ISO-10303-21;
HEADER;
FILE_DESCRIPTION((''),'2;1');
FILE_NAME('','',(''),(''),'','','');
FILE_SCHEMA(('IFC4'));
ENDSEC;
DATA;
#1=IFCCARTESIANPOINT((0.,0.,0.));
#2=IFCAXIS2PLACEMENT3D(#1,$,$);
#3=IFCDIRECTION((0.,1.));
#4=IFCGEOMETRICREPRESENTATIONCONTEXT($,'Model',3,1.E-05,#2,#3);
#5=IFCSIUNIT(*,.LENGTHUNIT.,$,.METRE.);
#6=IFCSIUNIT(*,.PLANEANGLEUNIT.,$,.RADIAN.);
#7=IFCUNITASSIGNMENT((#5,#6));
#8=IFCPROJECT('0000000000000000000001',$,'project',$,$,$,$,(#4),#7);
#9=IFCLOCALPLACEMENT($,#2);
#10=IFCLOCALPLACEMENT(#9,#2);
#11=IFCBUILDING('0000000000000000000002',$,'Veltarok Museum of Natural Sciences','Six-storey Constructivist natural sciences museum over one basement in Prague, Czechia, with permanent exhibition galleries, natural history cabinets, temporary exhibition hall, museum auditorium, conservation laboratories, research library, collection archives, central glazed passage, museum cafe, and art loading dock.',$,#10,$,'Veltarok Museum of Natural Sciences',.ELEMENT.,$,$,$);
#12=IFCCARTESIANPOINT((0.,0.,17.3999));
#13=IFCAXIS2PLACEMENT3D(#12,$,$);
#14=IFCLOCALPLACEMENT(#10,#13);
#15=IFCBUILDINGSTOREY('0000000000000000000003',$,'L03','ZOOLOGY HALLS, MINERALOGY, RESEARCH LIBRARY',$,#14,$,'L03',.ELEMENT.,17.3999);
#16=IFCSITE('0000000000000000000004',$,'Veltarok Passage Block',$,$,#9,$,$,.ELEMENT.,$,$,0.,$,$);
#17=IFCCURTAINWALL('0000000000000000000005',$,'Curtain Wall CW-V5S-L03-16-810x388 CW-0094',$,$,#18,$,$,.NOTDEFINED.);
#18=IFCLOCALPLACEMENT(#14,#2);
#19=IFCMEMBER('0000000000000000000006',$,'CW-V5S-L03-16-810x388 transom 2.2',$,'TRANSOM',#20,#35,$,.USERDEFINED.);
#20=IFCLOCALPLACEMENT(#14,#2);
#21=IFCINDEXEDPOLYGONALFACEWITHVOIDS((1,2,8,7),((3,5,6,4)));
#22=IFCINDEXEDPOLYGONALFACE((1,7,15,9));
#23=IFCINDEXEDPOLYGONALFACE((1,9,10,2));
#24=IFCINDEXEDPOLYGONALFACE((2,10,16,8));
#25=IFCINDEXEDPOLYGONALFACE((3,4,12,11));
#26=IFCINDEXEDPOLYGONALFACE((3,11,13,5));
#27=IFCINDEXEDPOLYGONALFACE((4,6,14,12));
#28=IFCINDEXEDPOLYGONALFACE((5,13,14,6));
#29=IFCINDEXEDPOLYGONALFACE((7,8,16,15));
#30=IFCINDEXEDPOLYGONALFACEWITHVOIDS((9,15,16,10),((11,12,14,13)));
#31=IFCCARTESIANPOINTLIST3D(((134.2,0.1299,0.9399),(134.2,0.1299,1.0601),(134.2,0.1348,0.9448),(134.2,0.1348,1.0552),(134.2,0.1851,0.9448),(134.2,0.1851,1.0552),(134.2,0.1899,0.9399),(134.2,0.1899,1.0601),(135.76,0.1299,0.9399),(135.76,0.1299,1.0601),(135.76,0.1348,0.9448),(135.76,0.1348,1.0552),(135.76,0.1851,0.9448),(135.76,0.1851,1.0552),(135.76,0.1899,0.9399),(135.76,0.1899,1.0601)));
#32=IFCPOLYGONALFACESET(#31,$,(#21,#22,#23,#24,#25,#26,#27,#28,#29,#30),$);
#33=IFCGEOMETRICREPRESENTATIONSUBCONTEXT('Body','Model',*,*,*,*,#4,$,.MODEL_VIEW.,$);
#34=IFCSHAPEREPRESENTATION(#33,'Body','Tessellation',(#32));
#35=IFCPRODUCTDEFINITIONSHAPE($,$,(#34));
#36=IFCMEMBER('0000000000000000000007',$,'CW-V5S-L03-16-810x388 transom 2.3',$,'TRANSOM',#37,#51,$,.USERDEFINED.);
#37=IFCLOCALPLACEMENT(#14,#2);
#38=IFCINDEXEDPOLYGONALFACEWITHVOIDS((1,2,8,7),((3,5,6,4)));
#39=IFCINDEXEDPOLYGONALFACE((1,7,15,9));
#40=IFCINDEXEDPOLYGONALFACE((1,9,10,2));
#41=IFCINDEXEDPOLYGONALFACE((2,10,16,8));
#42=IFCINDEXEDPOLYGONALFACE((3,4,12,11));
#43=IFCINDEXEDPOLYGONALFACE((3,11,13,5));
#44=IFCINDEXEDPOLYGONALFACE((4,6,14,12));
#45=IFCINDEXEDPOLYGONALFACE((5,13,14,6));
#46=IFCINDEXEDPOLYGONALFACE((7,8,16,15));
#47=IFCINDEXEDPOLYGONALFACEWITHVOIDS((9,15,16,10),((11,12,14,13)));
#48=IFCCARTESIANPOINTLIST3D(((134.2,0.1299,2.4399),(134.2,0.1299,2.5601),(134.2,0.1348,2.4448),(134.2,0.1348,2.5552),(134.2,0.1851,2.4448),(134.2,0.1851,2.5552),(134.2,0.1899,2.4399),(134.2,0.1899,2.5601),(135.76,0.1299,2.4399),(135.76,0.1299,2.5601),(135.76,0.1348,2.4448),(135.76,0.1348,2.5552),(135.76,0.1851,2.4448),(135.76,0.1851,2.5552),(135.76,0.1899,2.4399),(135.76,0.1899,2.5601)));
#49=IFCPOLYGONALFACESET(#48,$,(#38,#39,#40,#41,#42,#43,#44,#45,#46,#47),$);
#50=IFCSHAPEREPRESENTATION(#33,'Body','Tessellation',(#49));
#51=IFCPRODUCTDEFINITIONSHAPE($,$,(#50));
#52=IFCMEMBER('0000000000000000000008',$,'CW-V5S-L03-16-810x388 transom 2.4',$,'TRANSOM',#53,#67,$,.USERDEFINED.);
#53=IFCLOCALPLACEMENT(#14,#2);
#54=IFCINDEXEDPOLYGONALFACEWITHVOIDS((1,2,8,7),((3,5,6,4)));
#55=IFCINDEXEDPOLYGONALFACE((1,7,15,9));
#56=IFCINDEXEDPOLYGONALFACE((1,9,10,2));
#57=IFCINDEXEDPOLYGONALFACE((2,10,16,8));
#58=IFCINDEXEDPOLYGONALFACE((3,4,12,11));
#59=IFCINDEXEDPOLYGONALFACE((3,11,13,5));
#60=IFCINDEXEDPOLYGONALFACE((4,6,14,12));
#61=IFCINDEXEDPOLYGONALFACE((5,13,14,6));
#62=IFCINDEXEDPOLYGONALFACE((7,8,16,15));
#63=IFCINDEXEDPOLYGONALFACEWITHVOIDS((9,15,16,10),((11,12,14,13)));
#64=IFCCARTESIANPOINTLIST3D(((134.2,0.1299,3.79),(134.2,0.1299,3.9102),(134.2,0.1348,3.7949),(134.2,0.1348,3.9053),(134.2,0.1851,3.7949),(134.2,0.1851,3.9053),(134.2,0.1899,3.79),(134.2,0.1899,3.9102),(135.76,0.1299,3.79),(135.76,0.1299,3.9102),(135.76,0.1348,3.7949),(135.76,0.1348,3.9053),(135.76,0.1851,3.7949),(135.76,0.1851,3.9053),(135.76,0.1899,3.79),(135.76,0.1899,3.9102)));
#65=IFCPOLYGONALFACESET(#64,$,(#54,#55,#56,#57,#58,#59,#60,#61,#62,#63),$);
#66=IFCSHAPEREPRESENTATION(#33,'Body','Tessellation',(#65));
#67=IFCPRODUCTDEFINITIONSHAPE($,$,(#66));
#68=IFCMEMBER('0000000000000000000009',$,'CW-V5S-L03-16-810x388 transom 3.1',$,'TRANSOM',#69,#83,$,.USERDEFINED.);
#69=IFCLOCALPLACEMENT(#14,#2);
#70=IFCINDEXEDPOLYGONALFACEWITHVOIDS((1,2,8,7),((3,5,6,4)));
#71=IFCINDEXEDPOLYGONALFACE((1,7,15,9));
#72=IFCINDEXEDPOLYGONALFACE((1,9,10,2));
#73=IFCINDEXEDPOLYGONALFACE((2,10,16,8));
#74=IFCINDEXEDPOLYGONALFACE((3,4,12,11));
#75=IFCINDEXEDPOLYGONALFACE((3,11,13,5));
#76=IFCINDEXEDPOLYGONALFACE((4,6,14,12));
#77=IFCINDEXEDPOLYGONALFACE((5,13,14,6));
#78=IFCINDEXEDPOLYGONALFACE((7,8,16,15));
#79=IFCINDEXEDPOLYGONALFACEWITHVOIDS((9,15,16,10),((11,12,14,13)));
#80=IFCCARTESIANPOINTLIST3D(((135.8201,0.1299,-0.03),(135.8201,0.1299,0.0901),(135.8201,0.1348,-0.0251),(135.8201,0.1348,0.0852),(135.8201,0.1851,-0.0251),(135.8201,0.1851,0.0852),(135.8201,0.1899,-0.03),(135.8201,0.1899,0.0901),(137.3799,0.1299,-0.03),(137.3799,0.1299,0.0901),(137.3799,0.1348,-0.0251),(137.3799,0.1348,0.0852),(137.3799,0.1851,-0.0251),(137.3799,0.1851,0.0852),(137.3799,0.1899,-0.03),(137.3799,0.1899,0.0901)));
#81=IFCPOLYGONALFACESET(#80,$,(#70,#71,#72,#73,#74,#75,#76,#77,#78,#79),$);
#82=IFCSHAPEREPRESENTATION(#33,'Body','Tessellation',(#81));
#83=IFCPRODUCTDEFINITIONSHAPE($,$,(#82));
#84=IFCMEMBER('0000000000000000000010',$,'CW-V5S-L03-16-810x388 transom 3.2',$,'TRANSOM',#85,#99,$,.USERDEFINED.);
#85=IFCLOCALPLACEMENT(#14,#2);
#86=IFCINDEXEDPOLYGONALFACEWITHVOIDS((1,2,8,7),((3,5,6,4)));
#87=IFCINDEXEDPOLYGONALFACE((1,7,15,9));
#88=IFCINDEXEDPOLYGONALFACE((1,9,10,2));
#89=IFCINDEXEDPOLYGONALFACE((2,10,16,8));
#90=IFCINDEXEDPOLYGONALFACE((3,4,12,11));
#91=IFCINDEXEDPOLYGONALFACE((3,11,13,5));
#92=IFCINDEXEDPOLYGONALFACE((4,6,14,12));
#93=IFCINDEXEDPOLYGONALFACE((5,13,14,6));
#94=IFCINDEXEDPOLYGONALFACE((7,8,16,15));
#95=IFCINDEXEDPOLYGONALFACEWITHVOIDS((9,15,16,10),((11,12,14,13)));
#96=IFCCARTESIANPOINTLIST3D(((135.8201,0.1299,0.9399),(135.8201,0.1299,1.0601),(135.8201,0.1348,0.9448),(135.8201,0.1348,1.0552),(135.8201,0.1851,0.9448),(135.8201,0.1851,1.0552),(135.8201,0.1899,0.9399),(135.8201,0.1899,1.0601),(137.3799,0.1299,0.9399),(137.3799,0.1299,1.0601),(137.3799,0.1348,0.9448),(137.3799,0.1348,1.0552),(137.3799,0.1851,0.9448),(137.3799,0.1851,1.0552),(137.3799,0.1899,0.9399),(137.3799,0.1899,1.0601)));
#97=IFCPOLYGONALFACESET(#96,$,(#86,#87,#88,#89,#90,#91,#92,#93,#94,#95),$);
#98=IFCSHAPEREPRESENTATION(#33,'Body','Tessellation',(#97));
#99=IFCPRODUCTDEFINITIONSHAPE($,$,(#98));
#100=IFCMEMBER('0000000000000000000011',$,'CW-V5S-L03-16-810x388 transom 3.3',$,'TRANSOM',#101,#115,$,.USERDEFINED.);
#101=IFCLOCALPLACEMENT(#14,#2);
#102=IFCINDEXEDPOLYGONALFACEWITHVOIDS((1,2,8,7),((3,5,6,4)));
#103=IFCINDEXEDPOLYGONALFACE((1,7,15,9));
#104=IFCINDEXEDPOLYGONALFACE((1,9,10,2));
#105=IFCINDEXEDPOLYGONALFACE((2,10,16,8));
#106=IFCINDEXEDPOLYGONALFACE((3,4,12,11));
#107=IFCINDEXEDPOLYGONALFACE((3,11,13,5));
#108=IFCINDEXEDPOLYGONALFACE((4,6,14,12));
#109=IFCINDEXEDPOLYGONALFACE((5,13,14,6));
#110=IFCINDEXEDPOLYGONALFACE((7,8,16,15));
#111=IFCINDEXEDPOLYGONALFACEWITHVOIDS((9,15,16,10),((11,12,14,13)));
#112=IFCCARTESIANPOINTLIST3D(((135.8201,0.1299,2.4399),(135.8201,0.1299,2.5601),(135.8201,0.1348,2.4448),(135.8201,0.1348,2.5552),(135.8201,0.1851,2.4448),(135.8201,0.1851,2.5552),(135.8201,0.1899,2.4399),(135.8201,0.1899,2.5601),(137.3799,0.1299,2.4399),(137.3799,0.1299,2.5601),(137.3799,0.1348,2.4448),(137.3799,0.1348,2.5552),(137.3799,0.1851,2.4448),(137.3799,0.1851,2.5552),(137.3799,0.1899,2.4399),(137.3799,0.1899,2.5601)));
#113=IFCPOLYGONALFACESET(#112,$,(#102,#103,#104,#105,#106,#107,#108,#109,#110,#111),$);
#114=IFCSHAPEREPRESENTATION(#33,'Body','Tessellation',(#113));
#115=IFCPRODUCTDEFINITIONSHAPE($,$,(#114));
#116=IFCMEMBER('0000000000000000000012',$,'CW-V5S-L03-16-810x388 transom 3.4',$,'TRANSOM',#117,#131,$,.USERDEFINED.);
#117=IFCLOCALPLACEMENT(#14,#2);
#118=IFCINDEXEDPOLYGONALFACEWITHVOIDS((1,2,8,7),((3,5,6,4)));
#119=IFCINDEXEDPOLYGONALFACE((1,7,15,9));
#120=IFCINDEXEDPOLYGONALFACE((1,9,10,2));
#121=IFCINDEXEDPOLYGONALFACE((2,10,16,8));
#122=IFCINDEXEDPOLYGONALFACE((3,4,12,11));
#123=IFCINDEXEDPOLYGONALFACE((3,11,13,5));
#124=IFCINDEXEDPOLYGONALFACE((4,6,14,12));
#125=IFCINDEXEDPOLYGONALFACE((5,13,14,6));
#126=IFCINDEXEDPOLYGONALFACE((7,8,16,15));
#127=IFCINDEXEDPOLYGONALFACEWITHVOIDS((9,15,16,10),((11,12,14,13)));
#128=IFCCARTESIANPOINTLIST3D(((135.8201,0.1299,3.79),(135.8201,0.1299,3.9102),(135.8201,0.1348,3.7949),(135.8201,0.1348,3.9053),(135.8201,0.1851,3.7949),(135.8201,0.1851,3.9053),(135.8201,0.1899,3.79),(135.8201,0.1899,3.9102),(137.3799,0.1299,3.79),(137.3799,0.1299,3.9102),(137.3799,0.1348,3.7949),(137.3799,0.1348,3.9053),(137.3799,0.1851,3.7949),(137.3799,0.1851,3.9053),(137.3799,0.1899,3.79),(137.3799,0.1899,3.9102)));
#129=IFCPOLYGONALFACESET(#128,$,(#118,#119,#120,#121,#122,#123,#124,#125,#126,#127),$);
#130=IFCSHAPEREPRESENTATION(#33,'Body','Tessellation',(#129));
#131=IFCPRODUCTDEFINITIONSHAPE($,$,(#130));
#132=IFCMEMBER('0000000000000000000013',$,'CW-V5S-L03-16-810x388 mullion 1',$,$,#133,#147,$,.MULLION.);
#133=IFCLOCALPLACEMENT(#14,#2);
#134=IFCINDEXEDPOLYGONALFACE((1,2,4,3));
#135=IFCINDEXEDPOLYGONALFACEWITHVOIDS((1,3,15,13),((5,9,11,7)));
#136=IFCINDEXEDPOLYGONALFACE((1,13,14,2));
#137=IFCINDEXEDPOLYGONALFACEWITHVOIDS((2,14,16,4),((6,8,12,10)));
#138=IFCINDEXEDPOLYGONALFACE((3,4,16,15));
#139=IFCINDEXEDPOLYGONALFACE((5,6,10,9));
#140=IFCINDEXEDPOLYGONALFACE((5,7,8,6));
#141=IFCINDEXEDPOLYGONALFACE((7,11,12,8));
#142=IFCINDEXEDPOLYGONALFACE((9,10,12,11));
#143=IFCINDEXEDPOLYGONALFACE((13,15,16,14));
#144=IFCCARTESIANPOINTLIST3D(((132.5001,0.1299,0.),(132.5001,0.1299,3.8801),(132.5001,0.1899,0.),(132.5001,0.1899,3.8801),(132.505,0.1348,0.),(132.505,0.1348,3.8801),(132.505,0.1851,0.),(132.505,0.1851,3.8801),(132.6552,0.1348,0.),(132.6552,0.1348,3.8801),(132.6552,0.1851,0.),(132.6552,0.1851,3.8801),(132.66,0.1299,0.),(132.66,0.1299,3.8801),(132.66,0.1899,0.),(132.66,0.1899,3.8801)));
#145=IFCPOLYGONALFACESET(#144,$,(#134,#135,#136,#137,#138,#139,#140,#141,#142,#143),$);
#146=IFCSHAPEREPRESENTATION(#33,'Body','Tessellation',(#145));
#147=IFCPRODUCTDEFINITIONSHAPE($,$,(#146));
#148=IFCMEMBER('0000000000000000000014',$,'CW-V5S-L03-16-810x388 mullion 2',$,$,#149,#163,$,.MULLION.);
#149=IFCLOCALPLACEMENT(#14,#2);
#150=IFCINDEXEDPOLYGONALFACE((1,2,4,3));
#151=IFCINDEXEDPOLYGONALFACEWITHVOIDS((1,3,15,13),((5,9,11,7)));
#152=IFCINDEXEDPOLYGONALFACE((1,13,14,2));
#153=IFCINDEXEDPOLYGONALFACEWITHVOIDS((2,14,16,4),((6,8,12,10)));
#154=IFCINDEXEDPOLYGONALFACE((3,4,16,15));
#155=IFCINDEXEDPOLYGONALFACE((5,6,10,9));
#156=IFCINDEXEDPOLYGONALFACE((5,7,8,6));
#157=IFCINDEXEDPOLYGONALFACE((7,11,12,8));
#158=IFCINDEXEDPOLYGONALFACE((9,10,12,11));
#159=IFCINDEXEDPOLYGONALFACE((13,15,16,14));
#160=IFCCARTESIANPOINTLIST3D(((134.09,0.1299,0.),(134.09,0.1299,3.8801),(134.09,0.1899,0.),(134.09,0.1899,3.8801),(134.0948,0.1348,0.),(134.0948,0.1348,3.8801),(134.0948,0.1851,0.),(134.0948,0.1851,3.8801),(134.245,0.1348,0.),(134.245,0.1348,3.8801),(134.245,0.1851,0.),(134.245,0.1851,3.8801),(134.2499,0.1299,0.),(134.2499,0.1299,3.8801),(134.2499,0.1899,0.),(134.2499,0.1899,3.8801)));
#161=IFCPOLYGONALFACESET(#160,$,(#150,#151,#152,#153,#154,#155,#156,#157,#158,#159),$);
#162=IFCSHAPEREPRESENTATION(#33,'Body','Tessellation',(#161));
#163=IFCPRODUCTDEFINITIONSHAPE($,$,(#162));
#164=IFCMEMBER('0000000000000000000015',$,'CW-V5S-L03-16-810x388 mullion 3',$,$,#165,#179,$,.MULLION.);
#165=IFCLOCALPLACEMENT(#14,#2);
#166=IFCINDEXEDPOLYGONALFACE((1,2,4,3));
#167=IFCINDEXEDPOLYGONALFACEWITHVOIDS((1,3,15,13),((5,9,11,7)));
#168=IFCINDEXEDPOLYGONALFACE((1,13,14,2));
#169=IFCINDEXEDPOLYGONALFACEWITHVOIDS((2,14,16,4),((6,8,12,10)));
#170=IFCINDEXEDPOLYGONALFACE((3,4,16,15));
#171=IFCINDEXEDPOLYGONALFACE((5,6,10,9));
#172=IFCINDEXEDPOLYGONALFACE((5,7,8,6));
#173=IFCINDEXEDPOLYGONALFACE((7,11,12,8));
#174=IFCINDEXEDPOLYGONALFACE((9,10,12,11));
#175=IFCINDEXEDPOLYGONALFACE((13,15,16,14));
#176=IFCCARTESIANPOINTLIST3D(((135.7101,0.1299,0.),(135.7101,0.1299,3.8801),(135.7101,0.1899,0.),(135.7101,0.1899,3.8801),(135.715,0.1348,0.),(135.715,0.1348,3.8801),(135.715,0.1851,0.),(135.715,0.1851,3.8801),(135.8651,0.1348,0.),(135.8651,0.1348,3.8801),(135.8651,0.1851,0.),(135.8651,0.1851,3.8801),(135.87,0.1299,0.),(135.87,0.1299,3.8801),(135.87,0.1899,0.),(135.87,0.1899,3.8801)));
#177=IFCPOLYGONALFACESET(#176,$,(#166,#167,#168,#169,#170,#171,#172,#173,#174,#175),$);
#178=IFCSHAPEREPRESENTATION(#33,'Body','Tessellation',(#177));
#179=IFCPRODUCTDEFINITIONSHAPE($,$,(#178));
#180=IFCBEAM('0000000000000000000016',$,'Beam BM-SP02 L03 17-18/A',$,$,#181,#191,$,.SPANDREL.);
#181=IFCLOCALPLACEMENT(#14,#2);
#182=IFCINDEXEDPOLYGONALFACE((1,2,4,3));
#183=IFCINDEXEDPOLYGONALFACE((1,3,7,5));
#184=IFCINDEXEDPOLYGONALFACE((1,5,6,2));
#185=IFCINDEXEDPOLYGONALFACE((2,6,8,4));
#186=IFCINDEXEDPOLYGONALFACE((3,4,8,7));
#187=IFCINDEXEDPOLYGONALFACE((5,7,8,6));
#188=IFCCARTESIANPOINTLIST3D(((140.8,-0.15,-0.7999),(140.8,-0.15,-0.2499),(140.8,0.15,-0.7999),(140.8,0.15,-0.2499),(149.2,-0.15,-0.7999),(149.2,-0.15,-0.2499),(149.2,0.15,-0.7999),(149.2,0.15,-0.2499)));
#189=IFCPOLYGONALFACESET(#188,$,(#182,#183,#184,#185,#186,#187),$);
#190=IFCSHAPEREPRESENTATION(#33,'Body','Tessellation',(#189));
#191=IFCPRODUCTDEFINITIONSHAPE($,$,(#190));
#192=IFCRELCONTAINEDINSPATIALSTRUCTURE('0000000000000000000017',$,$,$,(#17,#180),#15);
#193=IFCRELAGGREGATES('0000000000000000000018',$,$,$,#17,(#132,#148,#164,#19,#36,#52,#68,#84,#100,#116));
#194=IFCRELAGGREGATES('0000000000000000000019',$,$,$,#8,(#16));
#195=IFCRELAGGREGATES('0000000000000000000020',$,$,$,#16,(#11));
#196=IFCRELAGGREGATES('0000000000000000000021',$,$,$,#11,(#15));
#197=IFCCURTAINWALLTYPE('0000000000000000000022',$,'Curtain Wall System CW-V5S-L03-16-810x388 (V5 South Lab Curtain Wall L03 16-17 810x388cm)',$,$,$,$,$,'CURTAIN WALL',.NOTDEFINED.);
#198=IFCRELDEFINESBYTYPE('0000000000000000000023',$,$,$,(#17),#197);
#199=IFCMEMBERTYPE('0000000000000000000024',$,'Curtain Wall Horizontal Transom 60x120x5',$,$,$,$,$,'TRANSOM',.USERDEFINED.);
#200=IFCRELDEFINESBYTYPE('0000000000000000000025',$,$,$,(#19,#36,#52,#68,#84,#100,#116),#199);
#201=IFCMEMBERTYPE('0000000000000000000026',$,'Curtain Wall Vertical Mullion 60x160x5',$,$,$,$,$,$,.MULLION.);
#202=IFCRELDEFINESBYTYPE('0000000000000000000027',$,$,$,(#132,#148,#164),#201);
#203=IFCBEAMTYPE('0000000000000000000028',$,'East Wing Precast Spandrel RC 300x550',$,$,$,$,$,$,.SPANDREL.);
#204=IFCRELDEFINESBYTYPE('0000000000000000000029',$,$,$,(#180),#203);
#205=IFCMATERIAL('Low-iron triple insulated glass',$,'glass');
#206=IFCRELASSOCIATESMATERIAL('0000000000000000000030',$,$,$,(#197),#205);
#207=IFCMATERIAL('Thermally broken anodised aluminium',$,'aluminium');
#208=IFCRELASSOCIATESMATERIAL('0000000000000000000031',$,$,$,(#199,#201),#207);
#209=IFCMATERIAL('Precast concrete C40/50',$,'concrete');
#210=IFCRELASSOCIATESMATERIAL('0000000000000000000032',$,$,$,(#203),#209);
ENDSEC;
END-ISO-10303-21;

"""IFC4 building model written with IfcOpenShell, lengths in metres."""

from ifc_helpers import new_model, si_unit, direction, frame, origin, origin_2d, place, context, subcontext, project, spatial, rectangle, hollow_rectangle, extrude, material, material_profile, profile_set, type_object, element, aggregate, save


model = new_model("IFC4")

# Units and contexts
model_context = context("Model", 3, precision=1e-05, world=origin(), true_north=direction((0.0, 1.0)))
body_context = subcontext(model_context, "Body", "Model", "MODEL_VIEW")
ifc_project = project(units=[si_unit("LENGTHUNIT", "METRE"), si_unit("PLANEANGLEUNIT", "RADIAN")], contexts=[model_context])

# Site, building, storey
site_placement = place(None, origin())
site = spatial("IfcSite", under=ifc_project, at=site_placement, Name="Veltarok Passage Block", CompositionType="ELEMENT", RefElevation=0.0)
building_placement = place(site_placement, origin())
building = spatial("IfcBuilding", under=site, at=building_placement, Name="Veltarok Museum of Natural Sciences", Description="Six-storey Constructivist natural sciences museum over one basement in Prague, Czechia, with permanent exhibition galleries, natural history cabinets, temporary exhibition hall, museum auditorium, conservation laboratories, research library, collection archives, central glazed passage, museum cafe, and art loading dock.", LongName="Veltarok Museum of Natural Sciences", CompositionType="ELEMENT")
storey_placement = place(building_placement, frame((0.0, 0.0, 17.3999)))
storey = spatial("IfcBuildingStorey", under=building, at=storey_placement, Name="L03", Description="ZOOLOGY HALLS, MINERALOGY, RESEARCH LIBRARY", LongName="L03", CompositionType="ELEMENT", Elevation=17.3999)

# Curtain wall, members
ifc_material_1 = material(Name="Low-iron triple insulated glass", Category="glass")
curtain_wall_type = type_object("IfcCurtainWallType", Name="Curtain Wall System CW-V5S-L03-16-810x388 (V5 South Lab Curtain Wall L03 16-17 810x388cm)", ElementType="CURTAIN WALL", PredefinedType="NOTDEFINED", material=ifc_material_1)
curtain_wall_placement = place(storey_placement, origin())
curtain_wall = element("IfcCurtainWall", 1, at=curtain_wall_placement, inside=storey, type_object=curtain_wall_type, Name="Curtain Wall CW-V5S-L03-16-810x388 CW-0094", PredefinedType="NOTDEFINED")
ifc_material_2 = material(Name="Thermally broken anodised aluminium", Category="aluminium")
ifc_material_profile_1 = material_profile(ifc_material_2, hollow_rectangle(XDim=0.0601, YDim=0.1201, WallThickness=0.0049, at=origin_2d()), Name="CW TRANSOM 60x120x5")
ifc_profile_set_1 = profile_set([ifc_material_profile_1], Name="Thermally broken anodised aluminium")
member_type_1 = type_object("IfcMemberType", Name="Curtain Wall Horizontal Transom 60x120x5", ElementType="TRANSOM", PredefinedType="USERDEFINED", material=ifc_profile_set_1)
member_1_placement = place(storey_placement, frame((134.2, 0.1599, 1.0), z_axis=(1.0, 0.0, 0.0), x_axis=(0.0, 1.0, 0.0)))
member_1 = element("IfcMember", 2, at=member_1_placement, type_object=member_type_1, Name="CW-V5S-L03-16-810x388 transom 2.2", ObjectType="TRANSOM", PredefinedType="USERDEFINED", context=body_context, shape_type="SweptSolid", body=[
    extrude(hollow_rectangle(XDim=0.0601, YDim=0.1201, WallThickness=0.0049, at=origin_2d()), origin(), (0.0, 0.0, 1.0), 1.5601),
])
member_2_placement = place(storey_placement, frame((134.2, 0.1599, 2.5), z_axis=(1.0, 0.0, 0.0), x_axis=(0.0, 1.0, 0.0)))
member_2 = element("IfcMember", 3, at=member_2_placement, type_object=member_type_1, Name="CW-V5S-L03-16-810x388 transom 2.3", ObjectType="TRANSOM", PredefinedType="USERDEFINED", context=body_context, shape_type="SweptSolid", body=[
    extrude(hollow_rectangle(XDim=0.0601, YDim=0.1201, WallThickness=0.0049, at=origin_2d()), origin(), (0.0, 0.0, 1.0), 1.5601),
])
member_3_placement = place(storey_placement, frame((134.2, 0.1599, 3.8501), z_axis=(1.0, 0.0, 0.0), x_axis=(0.0, 1.0, 0.0)))
member_3 = element("IfcMember", 4, at=member_3_placement, type_object=member_type_1, Name="CW-V5S-L03-16-810x388 transom 2.4", ObjectType="TRANSOM", PredefinedType="USERDEFINED", context=body_context, shape_type="SweptSolid", body=[
    extrude(hollow_rectangle(XDim=0.0601, YDim=0.1201, WallThickness=0.0049, at=origin_2d()), origin(), (0.0, 0.0, 1.0), 1.5601),
])
member_4_placement = place(storey_placement, frame((135.8201, 0.1599, 0.03), z_axis=(1.0, 0.0, 0.0), x_axis=(0.0, 1.0, 0.0)))
member_4 = element("IfcMember", 5, at=member_4_placement, type_object=member_type_1, Name="CW-V5S-L03-16-810x388 transom 3.1", ObjectType="TRANSOM", PredefinedType="USERDEFINED", context=body_context, shape_type="SweptSolid", body=[
    extrude(hollow_rectangle(XDim=0.0601, YDim=0.1201, WallThickness=0.0049, at=origin_2d()), origin(), (0.0, 0.0, 1.0), 1.5598),
])
member_5_placement = place(storey_placement, frame((135.8201, 0.1599, 1.0), z_axis=(1.0, 0.0, 0.0), x_axis=(0.0, 1.0, 0.0)))
member_5 = element("IfcMember", 6, at=member_5_placement, type_object=member_type_1, Name="CW-V5S-L03-16-810x388 transom 3.2", ObjectType="TRANSOM", PredefinedType="USERDEFINED", context=body_context, shape_type="SweptSolid", body=[
    extrude(hollow_rectangle(XDim=0.0601, YDim=0.1201, WallThickness=0.0049, at=origin_2d()), origin(), (0.0, 0.0, 1.0), 1.5598),
])
member_6_placement = place(storey_placement, frame((135.8201, 0.1599, 2.5), z_axis=(1.0, 0.0, 0.0), x_axis=(0.0, 1.0, 0.0)))
member_6 = element("IfcMember", 7, at=member_6_placement, type_object=member_type_1, Name="CW-V5S-L03-16-810x388 transom 3.3", ObjectType="TRANSOM", PredefinedType="USERDEFINED", context=body_context, shape_type="SweptSolid", body=[
    extrude(hollow_rectangle(XDim=0.0601, YDim=0.1201, WallThickness=0.0049, at=origin_2d()), origin(), (0.0, 0.0, 1.0), 1.5598),
])
member_7_placement = place(storey_placement, frame((135.8201, 0.1599, 3.8501), z_axis=(1.0, 0.0, 0.0), x_axis=(0.0, 1.0, 0.0)))
member_7 = element("IfcMember", 8, at=member_7_placement, type_object=member_type_1, Name="CW-V5S-L03-16-810x388 transom 3.4", ObjectType="TRANSOM", PredefinedType="USERDEFINED", context=body_context, shape_type="SweptSolid", body=[
    extrude(hollow_rectangle(XDim=0.0601, YDim=0.1201, WallThickness=0.0049, at=origin_2d()), origin(), (0.0, 0.0, 1.0), 1.5598),
])
ifc_material_profile_2 = material_profile(ifc_material_2, hollow_rectangle(XDim=0.0601, YDim=0.1599, WallThickness=0.0049, at=origin_2d()), Name="CW MULLION 60x160x5")
ifc_profile_set_2 = profile_set([ifc_material_profile_2], Name="Thermally broken anodised aluminium")
member_type_2 = type_object("IfcMemberType", Name="Curtain Wall Vertical Mullion 60x160x5", PredefinedType="MULLION", material=ifc_profile_set_2)
member_8_placement = place(storey_placement, frame((132.5801, 0.1599, 0.0), z_axis=(0.0, 0.0, 1.0), x_axis=(0.0, 1.0, 0.0)))
member_8 = element("IfcMember", 9, at=member_8_placement, type_object=member_type_2, Name="CW-V5S-L03-16-810x388 mullion 1", PredefinedType="MULLION", context=body_context, shape_type="SweptSolid", body=[
    extrude(hollow_rectangle(XDim=0.0601, YDim=0.1599, WallThickness=0.0049, at=origin_2d()), origin(), (0.0, 0.0, 1.0), 3.8801),
])
member_9_placement = place(storey_placement, frame((134.1699, 0.1599, 0.0), z_axis=(0.0, 0.0, 1.0), x_axis=(0.0, 1.0, 0.0)))
member_9 = element("IfcMember", 10, at=member_9_placement, type_object=member_type_2, Name="CW-V5S-L03-16-810x388 mullion 2", PredefinedType="MULLION", context=body_context, shape_type="SweptSolid", body=[
    extrude(hollow_rectangle(XDim=0.0601, YDim=0.1599, WallThickness=0.0049, at=origin_2d()), origin(), (0.0, 0.0, 1.0), 3.8801),
])
member_10_placement = place(storey_placement, frame((135.79, 0.1599, 0.0), z_axis=(0.0, 0.0, 1.0), x_axis=(0.0, 1.0, 0.0)))
member_10 = element("IfcMember", 11, at=member_10_placement, type_object=member_type_2, Name="CW-V5S-L03-16-810x388 mullion 3", PredefinedType="MULLION", context=body_context, shape_type="SweptSolid", body=[
    extrude(hollow_rectangle(XDim=0.0601, YDim=0.1599, WallThickness=0.0049, at=origin_2d()), origin(), (0.0, 0.0, 1.0), 3.8801),
])

# Beam
ifc_material_3 = material(Name="Precast concrete C40/50", Category="concrete")
ifc_material_profile_3 = material_profile(ifc_material_3, rectangle(XDim=0.3, YDim=0.55, at=origin_2d()), Name="RC 300x550")
ifc_profile_set_3 = profile_set([ifc_material_profile_3], Name="Precast concrete C40/50")
beam_type_1 = type_object("IfcBeamType", Name="East Wing Precast Spandrel RC 300x550", PredefinedType="SPANDREL", material=ifc_profile_set_3)
beam_1_placement = place(storey_placement, frame((140.8, 0.0, -0.5249), z_axis=(1.0, 0.0, 0.0), x_axis=(0.0, 1.0, 0.0)))
element("IfcBeam", 12, at=beam_1_placement, inside=storey, type_object=beam_type_1, Name="Beam BM-SP02 L03 17-18/A", PredefinedType="SPANDREL", context=body_context, shape_type="SweptSolid", body=[
    extrude(rectangle(XDim=0.3, YDim=0.55, at=origin_2d()), origin(), (0.0, 0.0, 1.0), 8.3999),
])

aggregate(curtain_wall, [member_8, member_9, member_10, member_1, member_2, member_3, member_4, member_5, member_6, member_7])

save(model, "model.ifc")
